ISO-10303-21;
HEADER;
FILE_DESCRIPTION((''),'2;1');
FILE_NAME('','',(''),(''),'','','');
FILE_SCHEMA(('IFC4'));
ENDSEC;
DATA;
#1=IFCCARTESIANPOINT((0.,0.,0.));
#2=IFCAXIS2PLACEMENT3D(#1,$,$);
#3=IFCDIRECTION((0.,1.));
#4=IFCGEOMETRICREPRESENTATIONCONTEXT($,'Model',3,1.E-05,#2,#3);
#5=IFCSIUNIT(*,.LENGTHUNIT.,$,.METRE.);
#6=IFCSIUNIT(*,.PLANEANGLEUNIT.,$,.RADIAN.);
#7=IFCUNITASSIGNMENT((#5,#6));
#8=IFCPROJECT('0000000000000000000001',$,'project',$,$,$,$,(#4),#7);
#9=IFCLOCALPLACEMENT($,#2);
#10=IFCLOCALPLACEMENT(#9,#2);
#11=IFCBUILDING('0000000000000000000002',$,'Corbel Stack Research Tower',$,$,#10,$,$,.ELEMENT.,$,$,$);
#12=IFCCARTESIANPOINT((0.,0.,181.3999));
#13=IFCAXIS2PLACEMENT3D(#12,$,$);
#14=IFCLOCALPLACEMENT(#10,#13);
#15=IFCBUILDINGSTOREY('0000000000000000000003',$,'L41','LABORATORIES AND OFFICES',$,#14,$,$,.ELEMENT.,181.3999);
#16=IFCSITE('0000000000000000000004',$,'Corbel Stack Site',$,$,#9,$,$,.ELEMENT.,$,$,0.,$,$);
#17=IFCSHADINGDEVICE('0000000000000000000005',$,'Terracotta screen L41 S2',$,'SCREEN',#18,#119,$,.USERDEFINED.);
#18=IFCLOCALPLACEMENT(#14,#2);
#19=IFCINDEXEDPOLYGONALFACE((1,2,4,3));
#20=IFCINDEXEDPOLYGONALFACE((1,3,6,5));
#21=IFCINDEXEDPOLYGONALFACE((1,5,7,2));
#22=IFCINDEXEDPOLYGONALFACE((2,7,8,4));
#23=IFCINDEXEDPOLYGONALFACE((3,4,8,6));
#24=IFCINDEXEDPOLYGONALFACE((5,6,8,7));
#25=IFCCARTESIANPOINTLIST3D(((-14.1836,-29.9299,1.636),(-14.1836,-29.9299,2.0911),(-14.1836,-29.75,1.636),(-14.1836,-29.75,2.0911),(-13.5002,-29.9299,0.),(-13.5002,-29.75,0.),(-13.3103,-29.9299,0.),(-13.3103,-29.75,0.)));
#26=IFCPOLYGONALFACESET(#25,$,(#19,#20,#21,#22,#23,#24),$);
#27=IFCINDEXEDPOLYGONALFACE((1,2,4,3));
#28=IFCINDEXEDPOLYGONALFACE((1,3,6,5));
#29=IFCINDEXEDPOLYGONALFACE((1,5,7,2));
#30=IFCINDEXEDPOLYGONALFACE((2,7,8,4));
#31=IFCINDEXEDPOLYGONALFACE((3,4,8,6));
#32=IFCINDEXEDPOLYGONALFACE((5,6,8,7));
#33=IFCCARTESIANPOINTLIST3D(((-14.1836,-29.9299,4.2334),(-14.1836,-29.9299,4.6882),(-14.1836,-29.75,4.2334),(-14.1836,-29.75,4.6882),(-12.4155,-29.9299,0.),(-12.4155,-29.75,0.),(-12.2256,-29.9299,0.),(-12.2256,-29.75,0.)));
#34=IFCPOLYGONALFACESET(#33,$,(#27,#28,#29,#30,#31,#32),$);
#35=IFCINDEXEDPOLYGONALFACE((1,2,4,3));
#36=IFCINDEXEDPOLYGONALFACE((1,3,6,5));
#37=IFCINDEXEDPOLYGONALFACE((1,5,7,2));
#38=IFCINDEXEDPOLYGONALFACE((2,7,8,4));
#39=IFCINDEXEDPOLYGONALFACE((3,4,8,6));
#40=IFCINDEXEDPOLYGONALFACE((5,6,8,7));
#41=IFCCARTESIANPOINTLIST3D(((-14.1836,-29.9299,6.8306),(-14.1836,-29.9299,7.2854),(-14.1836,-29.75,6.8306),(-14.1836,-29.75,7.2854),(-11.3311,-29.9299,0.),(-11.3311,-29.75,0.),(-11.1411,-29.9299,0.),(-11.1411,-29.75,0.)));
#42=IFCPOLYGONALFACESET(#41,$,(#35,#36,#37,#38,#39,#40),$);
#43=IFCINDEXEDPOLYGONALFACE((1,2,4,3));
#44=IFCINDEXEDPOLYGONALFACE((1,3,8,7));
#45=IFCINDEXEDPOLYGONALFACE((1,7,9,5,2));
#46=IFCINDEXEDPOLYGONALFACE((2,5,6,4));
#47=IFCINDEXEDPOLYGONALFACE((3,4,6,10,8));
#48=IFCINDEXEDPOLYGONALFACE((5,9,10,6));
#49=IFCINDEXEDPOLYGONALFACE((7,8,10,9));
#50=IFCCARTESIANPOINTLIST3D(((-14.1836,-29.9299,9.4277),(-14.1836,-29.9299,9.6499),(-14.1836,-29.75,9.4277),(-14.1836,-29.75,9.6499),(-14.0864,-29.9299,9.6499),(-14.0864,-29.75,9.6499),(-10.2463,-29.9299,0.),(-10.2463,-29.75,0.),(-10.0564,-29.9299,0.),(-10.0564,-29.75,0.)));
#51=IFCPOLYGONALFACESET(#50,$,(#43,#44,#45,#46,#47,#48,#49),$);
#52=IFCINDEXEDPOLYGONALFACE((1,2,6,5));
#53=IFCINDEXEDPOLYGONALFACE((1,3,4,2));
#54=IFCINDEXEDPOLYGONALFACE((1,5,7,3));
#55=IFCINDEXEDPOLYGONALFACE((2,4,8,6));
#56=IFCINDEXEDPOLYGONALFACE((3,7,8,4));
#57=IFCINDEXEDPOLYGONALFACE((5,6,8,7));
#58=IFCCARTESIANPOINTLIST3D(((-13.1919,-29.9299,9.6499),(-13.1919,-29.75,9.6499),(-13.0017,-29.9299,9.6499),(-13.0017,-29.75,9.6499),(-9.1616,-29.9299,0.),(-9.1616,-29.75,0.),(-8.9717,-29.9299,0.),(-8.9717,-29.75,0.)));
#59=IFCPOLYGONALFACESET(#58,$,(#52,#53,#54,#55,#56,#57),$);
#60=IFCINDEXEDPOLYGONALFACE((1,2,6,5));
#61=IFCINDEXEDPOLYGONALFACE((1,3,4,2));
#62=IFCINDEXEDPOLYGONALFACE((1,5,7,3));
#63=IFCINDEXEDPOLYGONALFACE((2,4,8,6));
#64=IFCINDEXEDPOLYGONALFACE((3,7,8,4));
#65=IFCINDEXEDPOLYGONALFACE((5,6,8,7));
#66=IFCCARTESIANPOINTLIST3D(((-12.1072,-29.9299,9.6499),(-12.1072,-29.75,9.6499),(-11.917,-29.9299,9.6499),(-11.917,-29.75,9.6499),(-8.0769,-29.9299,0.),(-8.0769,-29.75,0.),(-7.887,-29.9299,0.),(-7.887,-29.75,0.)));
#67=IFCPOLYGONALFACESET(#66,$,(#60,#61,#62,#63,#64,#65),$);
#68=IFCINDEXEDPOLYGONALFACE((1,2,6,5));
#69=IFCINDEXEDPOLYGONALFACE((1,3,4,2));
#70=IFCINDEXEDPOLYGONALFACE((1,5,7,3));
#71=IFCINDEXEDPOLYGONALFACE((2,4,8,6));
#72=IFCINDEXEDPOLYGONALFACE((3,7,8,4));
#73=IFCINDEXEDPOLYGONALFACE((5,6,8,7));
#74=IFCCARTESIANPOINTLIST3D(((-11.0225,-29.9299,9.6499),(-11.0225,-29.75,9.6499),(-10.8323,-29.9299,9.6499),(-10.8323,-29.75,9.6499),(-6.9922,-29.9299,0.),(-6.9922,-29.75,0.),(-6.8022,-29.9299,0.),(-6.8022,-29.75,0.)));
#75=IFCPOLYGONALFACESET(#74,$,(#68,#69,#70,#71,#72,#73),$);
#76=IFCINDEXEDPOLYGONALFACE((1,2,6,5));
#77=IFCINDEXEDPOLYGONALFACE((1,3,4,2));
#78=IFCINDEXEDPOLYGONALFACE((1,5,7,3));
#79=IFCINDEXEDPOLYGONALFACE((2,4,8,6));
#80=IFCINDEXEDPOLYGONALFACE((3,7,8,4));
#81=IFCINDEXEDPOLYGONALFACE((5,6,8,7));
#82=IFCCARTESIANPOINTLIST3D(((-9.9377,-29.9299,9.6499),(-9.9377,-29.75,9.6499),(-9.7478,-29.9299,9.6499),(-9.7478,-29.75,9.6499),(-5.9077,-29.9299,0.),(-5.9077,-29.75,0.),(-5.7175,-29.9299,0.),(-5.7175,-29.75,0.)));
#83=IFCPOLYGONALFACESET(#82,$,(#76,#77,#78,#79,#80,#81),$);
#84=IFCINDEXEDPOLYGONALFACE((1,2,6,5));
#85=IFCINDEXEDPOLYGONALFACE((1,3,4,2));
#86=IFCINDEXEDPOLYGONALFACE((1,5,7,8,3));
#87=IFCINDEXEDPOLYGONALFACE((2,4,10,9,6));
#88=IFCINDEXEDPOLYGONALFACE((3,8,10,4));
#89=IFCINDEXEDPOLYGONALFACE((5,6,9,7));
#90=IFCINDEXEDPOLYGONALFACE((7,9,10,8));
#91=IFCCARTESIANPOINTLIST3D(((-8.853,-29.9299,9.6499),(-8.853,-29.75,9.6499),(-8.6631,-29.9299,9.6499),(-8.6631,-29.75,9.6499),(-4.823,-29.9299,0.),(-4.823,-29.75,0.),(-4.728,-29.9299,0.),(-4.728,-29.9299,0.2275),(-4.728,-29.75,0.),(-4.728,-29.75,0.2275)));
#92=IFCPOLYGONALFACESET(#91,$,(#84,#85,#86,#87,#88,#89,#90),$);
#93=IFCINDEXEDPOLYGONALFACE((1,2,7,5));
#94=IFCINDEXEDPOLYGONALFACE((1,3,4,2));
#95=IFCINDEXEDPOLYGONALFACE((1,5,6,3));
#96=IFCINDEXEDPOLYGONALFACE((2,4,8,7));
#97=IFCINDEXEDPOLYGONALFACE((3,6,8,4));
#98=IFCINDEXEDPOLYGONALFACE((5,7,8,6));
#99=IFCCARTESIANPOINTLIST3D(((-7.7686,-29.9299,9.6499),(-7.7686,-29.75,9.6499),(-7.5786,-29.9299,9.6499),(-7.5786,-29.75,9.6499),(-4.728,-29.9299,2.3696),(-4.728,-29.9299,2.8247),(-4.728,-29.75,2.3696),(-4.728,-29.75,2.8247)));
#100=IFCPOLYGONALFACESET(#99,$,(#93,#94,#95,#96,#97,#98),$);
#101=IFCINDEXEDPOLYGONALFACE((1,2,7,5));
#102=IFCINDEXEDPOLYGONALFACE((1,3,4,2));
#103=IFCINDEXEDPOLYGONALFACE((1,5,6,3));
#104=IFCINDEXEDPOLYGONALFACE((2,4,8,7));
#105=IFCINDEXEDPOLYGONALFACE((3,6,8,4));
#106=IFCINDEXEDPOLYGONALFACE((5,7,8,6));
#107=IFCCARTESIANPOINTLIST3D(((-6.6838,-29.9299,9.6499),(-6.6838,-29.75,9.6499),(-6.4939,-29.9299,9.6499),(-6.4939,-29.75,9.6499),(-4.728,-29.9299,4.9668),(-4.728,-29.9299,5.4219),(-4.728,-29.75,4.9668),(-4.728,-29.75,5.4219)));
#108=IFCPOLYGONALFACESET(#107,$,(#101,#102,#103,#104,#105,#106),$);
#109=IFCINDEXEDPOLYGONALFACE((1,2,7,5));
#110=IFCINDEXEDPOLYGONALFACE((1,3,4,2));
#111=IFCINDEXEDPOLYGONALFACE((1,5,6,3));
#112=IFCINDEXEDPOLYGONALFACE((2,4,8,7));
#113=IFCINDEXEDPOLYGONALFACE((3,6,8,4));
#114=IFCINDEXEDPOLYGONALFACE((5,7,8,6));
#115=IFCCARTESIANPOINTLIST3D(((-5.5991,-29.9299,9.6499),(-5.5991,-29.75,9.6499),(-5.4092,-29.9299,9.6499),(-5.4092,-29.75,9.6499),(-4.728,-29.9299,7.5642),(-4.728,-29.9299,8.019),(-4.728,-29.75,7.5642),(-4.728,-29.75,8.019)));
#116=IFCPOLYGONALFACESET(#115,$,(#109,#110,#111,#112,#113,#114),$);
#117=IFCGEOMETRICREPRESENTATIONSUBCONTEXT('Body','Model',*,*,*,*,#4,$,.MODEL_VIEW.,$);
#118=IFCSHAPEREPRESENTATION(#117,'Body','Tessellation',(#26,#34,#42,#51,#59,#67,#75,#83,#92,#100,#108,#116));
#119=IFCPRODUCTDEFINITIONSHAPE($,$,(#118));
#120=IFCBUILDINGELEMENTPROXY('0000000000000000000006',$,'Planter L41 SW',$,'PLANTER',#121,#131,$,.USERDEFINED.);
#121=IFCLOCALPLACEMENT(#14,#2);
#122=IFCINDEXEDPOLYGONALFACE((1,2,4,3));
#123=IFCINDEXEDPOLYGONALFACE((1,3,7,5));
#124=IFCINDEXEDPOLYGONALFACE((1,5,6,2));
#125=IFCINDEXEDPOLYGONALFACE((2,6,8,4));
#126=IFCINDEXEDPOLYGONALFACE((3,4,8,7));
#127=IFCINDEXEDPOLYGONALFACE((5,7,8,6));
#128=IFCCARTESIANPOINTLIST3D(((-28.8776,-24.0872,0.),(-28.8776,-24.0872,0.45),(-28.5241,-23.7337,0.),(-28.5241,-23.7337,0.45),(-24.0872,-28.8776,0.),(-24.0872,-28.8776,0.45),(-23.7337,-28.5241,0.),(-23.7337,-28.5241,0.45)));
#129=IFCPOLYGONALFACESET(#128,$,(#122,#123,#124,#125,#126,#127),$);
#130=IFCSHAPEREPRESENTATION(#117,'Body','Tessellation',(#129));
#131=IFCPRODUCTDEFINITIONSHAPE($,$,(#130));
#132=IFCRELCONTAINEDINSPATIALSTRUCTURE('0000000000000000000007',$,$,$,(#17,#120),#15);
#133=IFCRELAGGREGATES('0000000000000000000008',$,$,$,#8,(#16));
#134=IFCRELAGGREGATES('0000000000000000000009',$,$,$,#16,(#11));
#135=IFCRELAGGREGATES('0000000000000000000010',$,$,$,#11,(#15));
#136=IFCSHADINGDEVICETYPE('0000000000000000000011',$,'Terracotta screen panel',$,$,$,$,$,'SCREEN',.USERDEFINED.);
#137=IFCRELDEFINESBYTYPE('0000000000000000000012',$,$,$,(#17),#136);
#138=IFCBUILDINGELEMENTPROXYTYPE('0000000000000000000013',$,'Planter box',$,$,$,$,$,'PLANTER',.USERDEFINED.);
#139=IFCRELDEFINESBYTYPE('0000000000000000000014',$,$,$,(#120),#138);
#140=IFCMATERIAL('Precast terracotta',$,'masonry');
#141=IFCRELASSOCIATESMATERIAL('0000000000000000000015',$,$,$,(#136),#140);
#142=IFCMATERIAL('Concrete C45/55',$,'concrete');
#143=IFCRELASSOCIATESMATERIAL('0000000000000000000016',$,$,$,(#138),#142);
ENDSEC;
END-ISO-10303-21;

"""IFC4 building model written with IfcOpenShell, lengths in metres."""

from ifc_helpers import new_model, si_unit, direction, frame, origin, origin_2d, place, context, subcontext, project, spatial, polyline, rectangle, outline, extrude, source, transform, mapped, material, type_object, element, save


model = new_model("IFC4")

# Units and contexts
model_context = context("Model", 3, precision=1e-05, world=origin(), true_north=direction((0.0, 1.0)))
body_context = subcontext(model_context, "Body", "Model", "MODEL_VIEW")
ifc_project = project(units=[si_unit("LENGTHUNIT", "METRE"), si_unit("PLANEANGLEUNIT", "RADIAN")], contexts=[model_context])

# Site, building, storey
site_placement = place(None, origin())
site = spatial("IfcSite", under=ifc_project, at=site_placement, Name="Corbel Stack Site", CompositionType="ELEMENT", RefElevation=0.0)
building_placement = place(site_placement, origin())
building = spatial("IfcBuilding", under=site, at=building_placement, Name="Corbel Stack Research Tower", CompositionType="ELEMENT")
storey_placement = place(building_placement, frame((0.0, 0.0, 181.3999)))
storey = spatial("IfcBuildingStorey", under=building, at=storey_placement, Name="L41", Description="LABORATORIES AND OFFICES", CompositionType="ELEMENT", Elevation=181.3999)

# Shading device
ifc_material_1 = material(Name="Precast terracotta", Category="masonry")
shading_device_type = type_object("IfcShadingDeviceType", Name="Terracotta screen panel", ElementType="SCREEN", PredefinedType="USERDEFINED", material=ifc_material_1)
shared_shape_1 = source(origin(), body_context, "Body", "SweptSolid", [
    extrude(outline(polyline([(0.8733, 0.0), (0.0, 2.0911), (0.0, 1.636), (0.6833, 0.0), (0.8733, 0.0)])), frame((0.0, 0.0, 0.0), z_axis=(0.0, -1.0, 0.0), x_axis=(1.0, 0.0, 0.0)), (0.0, 0.0, 1.0), 0.1799),
    extrude(outline(polyline([(1.958, 0.0), (0.0, 4.6882), (0.0, 4.2334), (1.7681, 0.0), (1.958, 0.0)])), frame((0.0, 0.0, 0.0), z_axis=(0.0, -1.0, 0.0), x_axis=(1.0, 0.0, 0.0)), (0.0, 0.0, 1.0), 0.1799),
    extrude(outline(polyline([(3.0425, 0.0), (0.0, 7.2854), (0.0, 6.8306), (2.8525, 0.0), (3.0425, 0.0)])), frame((0.0, 0.0, 0.0), z_axis=(0.0, -1.0, 0.0), x_axis=(1.0, 0.0, 0.0)), (0.0, 0.0, 1.0), 0.1799),
    extrude(outline(polyline([(4.1272, 0.0), (0.0972, 9.6499), (0.0, 9.6499), (0.0, 9.4277), (3.9373, 0.0), (4.1272, 0.0)])), frame((0.0, 0.0, 0.0), z_axis=(0.0, -1.0, 0.0), x_axis=(1.0, 0.0, 0.0)), (0.0, 0.0, 1.0), 0.1799),
    extrude(outline(polyline([(5.2119, 0.0), (1.1819, 9.6499), (0.9917, 9.6499), (5.022, 0.0), (5.2119, 0.0)])), frame((0.0, 0.0, 0.0), z_axis=(0.0, -1.0, 0.0), x_axis=(1.0, 0.0, 0.0)), (0.0, 0.0, 1.0), 0.1799),
    extrude(outline(polyline([(6.2966, 0.0), (2.2666, 9.6499), (2.0764, 9.6499), (6.1067, 0.0), (6.2966, 0.0)])), frame((0.0, 0.0, 0.0), z_axis=(0.0, -1.0, 0.0), x_axis=(1.0, 0.0, 0.0)), (0.0, 0.0, 1.0), 0.1799),
    extrude(outline(polyline([(7.3813, 0.0), (3.3513, 9.6499), (3.1611, 9.6499), (7.1914, 0.0), (7.3813, 0.0)])), frame((0.0, 0.0, 0.0), z_axis=(0.0, -1.0, 0.0), x_axis=(1.0, 0.0, 0.0)), (0.0, 0.0, 1.0), 0.1799),
    extrude(outline(polyline([(8.4661, 0.0), (4.4358, 9.6499), (4.2458, 9.6499), (8.2759, 0.0), (8.4661, 0.0)])), frame((0.0, 0.0, 0.0), z_axis=(0.0, -1.0, 0.0), x_axis=(1.0, 0.0, 0.0)), (0.0, 0.0, 1.0), 0.1799),
    extrude(outline(polyline([(9.4556, 0.0), (9.4556, 0.2275), (5.5205, 9.6499), (5.3306, 9.6499), (9.3606, 0.0), (9.4556, 0.0)])), frame((0.0, 0.0, 0.0), z_axis=(0.0, -1.0, 0.0), x_axis=(1.0, 0.0, 0.0)), (0.0, 0.0, 1.0), 0.1799),
    extrude(outline(polyline([(6.605, 9.6499), (6.415, 9.6499), (9.4556, 2.3696), (9.4556, 2.8247), (6.605, 9.6499)])), frame((0.0, 0.0, 0.0), z_axis=(0.0, -1.0, 0.0), x_axis=(1.0, 0.0, 0.0)), (0.0, 0.0, 1.0), 0.1799),
    extrude(outline(polyline([(7.6897, 9.6499), (7.4998, 9.6499), (9.4556, 4.9668), (9.4556, 5.4219), (7.6897, 9.6499)])), frame((0.0, 0.0, 0.0), z_axis=(0.0, -1.0, 0.0), x_axis=(1.0, 0.0, 0.0)), (0.0, 0.0, 1.0), 0.1799),
    extrude(outline(polyline([(8.7744, 9.6499), (8.5845, 9.6499), (9.4556, 7.5642), (9.4556, 8.019), (8.7744, 9.6499)])), frame((0.0, 0.0, 0.0), z_axis=(0.0, -1.0, 0.0), x_axis=(1.0, 0.0, 0.0)), (0.0, 0.0, 1.0), 0.1799),
])
shading_device_1_placement = place(storey_placement, frame((-14.1836, -29.75, 0.0), z_axis=(0.0, 0.0, 1.0), x_axis=(1.0, 0.0, 0.0)))
element("IfcShadingDevice", 1, at=shading_device_1_placement, inside=storey, type_object=shading_device_type, Name="Terracotta screen L41 S2", ObjectType="SCREEN", PredefinedType="USERDEFINED", context=body_context, shape_type="MappedRepresentation", body=[
    mapped(shared_shape_1, transform((0.0, 0.0, 0.0))),
])

# Building element proxy
ifc_material_2 = material(Name="Concrete C45/55", Category="concrete")
building_element_proxy_type = type_object("IfcBuildingElementProxyType", Name="Planter box", ElementType="PLANTER", PredefinedType="USERDEFINED", material=ifc_material_2)
proxy_placement = place(storey_placement, frame((-26.3057, -26.3057, 0.0), z_axis=(0.0, 0.0, 1.0), x_axis=(0.707107, -0.707107, 0.0)))
element("IfcBuildingElementProxy", 2, at=proxy_placement, inside=storey, type_object=building_element_proxy_type, Name="Planter L41 SW", ObjectType="PLANTER", PredefinedType="USERDEFINED", context=body_context, shape_type="SweptSolid", body=[
    extrude(rectangle(XDim=6.7747, YDim=0.5, at=origin_2d()), origin(), (0.0, 0.0, 1.0), 0.45),
])

save(model, "model.ifc")
